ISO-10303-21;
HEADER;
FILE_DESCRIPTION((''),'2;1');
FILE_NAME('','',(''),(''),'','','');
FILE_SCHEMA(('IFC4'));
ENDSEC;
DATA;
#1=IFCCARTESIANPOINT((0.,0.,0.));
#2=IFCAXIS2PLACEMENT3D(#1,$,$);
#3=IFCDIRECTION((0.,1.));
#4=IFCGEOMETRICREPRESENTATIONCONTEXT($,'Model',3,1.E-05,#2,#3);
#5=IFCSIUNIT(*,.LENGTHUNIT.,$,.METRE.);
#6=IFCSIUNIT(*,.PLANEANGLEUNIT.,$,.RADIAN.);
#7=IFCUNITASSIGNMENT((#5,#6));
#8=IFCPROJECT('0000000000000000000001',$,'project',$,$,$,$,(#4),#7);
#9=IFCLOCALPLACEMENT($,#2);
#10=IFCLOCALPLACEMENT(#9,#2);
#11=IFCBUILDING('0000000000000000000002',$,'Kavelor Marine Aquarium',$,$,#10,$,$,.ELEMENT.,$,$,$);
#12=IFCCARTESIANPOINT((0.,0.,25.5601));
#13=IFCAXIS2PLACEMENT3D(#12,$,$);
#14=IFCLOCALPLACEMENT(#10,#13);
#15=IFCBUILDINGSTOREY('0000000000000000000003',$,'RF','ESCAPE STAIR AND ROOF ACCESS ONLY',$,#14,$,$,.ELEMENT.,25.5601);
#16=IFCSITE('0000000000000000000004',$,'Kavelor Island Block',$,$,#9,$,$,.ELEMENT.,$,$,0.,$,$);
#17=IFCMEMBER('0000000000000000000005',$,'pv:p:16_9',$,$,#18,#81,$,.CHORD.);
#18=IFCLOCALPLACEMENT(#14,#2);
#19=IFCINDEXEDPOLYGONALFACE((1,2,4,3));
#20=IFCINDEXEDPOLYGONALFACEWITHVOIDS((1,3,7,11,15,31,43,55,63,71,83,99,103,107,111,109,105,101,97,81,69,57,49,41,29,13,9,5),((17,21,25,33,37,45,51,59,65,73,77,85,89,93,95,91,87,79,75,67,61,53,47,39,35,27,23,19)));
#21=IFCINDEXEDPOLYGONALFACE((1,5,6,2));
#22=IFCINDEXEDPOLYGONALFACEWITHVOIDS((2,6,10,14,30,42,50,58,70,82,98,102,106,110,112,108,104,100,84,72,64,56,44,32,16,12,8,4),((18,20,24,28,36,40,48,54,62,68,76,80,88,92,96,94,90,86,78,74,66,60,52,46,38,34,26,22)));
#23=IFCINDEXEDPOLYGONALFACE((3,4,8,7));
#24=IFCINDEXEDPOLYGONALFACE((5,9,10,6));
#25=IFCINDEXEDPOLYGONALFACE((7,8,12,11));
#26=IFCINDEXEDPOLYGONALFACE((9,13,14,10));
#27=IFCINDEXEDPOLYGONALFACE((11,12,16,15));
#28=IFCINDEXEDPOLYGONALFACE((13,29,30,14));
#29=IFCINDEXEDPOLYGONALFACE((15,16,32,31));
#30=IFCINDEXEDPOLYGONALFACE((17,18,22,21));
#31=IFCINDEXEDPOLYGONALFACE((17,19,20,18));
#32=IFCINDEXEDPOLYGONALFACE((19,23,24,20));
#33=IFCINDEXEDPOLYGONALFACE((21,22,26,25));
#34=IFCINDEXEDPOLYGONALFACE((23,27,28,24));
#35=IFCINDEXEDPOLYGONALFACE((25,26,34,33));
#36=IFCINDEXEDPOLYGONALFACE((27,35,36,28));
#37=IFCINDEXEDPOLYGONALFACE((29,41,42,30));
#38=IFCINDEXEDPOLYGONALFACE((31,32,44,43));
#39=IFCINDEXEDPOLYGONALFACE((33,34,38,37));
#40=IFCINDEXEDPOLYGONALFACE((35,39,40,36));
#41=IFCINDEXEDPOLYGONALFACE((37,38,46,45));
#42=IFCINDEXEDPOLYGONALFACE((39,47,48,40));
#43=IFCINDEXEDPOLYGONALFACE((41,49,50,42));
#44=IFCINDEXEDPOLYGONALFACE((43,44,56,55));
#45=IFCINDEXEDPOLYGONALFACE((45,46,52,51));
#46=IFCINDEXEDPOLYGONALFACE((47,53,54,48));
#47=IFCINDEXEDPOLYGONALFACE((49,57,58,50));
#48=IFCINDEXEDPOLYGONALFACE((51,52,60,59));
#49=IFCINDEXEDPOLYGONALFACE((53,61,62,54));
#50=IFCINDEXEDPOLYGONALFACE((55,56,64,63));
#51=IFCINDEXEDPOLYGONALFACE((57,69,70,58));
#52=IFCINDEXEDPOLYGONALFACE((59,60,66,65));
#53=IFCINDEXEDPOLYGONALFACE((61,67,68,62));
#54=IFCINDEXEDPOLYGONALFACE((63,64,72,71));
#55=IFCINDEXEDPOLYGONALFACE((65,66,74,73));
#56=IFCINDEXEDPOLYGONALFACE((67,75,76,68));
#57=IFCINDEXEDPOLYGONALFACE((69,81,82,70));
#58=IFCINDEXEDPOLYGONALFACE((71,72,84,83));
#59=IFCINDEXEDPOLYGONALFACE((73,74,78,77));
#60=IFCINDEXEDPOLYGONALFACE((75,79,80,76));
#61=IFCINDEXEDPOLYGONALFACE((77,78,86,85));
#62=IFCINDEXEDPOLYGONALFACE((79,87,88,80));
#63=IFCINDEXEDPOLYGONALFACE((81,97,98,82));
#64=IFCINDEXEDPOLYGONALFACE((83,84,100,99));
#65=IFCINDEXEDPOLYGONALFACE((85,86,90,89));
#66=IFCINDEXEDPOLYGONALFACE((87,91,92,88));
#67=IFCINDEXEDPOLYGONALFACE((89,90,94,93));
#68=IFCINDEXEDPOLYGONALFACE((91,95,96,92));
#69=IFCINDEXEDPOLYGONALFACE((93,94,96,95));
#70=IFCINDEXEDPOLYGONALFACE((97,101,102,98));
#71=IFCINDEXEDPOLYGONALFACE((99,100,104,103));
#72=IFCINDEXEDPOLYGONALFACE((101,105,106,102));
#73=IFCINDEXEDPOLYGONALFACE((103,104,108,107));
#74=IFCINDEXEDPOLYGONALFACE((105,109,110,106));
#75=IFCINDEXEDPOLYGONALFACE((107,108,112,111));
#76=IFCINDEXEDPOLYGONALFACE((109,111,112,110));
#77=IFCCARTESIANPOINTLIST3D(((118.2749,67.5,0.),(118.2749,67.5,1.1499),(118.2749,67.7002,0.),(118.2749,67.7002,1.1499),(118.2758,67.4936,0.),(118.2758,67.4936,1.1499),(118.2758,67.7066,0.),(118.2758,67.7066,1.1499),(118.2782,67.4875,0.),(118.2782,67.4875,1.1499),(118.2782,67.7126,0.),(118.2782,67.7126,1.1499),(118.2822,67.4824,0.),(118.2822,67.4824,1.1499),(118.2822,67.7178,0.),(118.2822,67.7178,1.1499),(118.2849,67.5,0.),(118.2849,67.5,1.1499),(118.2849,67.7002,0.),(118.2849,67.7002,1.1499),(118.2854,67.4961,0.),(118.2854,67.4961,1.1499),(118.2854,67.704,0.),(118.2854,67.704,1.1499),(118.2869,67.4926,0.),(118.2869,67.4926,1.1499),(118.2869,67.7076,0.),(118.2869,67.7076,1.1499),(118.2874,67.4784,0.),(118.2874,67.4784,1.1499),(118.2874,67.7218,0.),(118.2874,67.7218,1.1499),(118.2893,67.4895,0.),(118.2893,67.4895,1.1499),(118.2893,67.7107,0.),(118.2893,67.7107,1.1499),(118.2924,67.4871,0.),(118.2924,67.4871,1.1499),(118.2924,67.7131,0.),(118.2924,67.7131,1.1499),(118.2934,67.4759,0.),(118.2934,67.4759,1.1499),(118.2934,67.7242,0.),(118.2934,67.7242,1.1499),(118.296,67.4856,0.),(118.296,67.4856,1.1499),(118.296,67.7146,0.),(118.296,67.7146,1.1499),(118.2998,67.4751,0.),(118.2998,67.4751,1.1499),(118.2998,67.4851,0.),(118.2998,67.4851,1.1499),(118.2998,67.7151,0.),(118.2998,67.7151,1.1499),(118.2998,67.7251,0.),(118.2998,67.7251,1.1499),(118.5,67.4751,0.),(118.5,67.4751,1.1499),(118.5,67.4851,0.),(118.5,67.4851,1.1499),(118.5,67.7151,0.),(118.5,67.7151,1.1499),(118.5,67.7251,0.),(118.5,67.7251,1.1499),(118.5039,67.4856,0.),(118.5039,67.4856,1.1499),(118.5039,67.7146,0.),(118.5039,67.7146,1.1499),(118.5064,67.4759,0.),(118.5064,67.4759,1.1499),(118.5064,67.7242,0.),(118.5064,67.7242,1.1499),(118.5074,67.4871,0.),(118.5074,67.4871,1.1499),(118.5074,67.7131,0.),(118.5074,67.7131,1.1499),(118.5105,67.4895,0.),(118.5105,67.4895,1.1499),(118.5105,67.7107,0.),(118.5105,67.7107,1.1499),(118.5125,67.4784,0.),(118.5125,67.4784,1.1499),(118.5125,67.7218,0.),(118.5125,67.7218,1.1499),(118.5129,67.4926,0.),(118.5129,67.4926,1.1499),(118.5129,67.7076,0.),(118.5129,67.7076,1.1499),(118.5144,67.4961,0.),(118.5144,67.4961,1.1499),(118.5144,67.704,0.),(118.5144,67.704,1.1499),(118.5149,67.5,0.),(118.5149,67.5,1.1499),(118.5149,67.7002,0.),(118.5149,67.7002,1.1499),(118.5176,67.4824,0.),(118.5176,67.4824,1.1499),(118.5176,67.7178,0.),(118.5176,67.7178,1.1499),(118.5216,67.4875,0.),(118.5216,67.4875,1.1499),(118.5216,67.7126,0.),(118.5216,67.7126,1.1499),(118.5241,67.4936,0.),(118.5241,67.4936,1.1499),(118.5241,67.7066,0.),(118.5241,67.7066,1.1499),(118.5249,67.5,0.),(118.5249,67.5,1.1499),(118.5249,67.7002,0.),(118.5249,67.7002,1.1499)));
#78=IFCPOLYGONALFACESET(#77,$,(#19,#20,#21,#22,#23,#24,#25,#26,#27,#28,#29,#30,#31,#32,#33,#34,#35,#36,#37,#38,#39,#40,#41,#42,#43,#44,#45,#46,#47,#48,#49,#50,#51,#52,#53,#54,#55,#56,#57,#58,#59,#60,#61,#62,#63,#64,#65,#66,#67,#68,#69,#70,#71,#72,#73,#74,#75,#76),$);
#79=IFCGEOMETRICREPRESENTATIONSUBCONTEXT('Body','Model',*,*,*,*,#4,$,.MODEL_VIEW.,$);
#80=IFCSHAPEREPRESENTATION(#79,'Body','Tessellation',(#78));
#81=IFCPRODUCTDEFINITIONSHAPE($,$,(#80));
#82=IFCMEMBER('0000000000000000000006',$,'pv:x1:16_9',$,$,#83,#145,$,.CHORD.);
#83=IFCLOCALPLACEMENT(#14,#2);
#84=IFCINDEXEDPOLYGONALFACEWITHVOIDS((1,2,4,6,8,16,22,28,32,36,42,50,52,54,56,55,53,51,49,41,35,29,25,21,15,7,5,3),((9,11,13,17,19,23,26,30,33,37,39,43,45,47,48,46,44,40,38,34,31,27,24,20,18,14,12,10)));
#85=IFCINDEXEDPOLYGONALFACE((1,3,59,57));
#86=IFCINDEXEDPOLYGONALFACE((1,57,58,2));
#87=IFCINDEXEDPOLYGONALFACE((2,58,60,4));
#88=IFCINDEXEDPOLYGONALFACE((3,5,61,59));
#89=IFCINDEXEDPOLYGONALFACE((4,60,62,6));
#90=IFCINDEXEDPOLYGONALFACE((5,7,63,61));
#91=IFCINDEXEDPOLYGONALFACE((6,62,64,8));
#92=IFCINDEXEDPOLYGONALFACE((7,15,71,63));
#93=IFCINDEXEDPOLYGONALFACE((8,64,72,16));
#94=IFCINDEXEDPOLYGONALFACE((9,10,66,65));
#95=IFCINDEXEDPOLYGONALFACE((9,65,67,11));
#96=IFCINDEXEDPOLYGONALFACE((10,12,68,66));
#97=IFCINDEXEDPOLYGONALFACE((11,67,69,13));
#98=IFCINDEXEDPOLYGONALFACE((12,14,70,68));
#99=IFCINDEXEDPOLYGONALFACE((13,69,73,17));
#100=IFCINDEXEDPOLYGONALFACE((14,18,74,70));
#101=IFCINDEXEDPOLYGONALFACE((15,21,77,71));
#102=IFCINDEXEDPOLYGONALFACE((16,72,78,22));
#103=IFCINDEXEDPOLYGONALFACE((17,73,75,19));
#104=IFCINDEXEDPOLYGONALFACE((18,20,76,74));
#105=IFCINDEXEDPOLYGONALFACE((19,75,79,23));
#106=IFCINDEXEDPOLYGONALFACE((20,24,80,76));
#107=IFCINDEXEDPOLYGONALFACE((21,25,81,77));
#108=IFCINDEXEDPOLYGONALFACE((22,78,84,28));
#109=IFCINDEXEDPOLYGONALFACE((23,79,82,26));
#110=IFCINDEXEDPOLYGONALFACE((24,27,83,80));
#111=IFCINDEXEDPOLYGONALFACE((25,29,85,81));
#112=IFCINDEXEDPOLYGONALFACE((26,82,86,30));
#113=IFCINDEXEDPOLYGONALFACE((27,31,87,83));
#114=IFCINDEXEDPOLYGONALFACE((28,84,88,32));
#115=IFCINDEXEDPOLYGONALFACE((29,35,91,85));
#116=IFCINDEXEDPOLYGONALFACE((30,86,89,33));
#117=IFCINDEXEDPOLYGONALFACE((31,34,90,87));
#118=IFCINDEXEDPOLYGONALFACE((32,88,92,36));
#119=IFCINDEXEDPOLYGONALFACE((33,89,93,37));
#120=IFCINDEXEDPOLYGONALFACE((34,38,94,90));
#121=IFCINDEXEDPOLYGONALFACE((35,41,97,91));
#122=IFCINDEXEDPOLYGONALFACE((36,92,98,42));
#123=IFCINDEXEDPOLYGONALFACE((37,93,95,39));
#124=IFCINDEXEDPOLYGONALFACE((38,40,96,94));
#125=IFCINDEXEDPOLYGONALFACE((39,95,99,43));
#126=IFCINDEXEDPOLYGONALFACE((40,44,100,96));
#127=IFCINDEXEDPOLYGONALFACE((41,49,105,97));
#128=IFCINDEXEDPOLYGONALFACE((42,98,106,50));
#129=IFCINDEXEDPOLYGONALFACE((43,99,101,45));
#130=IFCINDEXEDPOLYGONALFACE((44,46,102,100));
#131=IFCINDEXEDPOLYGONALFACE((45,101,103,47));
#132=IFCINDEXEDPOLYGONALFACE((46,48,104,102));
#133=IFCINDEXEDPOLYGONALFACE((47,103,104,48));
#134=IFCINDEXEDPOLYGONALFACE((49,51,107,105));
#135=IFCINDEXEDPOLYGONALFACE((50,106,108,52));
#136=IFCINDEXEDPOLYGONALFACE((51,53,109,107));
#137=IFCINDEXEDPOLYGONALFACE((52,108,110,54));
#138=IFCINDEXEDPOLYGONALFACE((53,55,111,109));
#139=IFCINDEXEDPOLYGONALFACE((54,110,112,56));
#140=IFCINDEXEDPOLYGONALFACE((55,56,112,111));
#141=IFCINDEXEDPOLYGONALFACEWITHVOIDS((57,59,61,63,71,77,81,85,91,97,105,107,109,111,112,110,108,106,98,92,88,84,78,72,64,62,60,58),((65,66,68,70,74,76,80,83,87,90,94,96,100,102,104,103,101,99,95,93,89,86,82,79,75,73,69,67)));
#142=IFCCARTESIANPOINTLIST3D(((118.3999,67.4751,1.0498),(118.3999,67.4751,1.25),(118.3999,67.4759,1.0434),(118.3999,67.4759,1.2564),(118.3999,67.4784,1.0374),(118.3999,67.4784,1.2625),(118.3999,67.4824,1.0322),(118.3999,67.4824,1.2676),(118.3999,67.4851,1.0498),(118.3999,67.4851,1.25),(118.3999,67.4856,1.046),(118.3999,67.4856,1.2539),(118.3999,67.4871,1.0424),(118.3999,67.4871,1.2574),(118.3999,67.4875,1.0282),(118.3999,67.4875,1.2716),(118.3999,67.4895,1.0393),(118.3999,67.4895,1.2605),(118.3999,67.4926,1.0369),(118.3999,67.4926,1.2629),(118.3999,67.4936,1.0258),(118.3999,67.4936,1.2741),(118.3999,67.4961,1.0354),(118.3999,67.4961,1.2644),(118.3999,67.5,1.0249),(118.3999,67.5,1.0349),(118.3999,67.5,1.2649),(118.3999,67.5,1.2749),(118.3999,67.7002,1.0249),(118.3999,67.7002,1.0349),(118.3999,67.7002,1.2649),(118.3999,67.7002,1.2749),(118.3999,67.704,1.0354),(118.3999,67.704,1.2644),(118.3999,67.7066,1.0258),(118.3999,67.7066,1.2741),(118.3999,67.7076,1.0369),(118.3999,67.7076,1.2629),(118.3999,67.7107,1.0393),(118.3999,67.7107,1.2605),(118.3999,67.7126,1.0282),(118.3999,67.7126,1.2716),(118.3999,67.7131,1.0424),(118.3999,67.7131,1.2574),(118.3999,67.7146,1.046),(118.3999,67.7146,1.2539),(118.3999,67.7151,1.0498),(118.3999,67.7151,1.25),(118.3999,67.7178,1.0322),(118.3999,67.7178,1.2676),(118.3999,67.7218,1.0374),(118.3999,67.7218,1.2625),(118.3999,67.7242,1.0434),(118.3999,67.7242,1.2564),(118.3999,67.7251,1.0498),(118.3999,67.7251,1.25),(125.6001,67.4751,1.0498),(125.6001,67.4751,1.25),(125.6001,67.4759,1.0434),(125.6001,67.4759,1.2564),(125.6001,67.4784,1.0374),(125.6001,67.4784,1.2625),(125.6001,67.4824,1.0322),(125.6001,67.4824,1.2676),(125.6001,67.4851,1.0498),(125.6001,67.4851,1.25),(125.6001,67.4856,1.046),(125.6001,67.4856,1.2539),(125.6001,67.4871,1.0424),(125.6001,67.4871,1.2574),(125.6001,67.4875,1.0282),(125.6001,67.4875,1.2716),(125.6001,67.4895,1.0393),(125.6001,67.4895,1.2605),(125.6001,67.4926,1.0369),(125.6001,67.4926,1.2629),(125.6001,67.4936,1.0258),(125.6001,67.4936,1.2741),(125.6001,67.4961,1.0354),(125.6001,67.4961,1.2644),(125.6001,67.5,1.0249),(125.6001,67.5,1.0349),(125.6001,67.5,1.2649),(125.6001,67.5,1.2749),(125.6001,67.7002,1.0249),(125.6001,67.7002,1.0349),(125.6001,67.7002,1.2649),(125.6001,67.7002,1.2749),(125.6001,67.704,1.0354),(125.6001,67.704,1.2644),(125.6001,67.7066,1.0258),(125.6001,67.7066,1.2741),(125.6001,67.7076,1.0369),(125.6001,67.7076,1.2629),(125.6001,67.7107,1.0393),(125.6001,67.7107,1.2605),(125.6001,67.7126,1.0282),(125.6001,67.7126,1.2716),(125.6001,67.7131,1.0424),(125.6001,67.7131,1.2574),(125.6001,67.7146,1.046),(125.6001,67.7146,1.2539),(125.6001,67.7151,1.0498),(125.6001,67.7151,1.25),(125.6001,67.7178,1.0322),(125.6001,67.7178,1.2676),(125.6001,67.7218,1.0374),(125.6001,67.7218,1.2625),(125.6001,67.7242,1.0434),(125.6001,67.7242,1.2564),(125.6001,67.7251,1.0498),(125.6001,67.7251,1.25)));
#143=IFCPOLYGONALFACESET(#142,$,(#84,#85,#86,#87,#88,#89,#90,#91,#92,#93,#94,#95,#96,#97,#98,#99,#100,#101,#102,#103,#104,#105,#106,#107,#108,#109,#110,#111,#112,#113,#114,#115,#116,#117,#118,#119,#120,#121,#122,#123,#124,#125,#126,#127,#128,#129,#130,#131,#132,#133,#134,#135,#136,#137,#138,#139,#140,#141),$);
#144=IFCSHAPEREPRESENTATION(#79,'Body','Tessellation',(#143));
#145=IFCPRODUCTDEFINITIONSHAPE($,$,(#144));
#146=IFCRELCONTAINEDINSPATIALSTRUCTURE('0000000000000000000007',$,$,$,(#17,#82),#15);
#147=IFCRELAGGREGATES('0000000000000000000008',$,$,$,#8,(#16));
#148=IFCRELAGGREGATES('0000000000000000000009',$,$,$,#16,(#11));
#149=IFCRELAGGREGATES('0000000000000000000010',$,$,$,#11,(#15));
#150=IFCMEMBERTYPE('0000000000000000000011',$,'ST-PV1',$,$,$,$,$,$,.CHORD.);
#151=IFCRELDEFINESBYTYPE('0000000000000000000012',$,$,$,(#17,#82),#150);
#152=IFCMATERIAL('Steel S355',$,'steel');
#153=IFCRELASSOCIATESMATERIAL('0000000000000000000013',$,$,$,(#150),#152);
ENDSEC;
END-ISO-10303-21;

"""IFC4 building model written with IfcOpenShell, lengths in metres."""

from ifc_helpers import new_model, si_unit, direction, frame, origin, origin_2d, place, context, subcontext, project, spatial, hollow_rectangle, extrude, material, material_profile, profile_set, type_object, element, save


model = new_model("IFC4")

# Units and contexts
model_context = context("Model", 3, precision=1e-05, world=origin(), true_north=direction((0.0, 1.0)))
body_context = subcontext(model_context, "Body", "Model", "MODEL_VIEW")
ifc_project = project(units=[si_unit("LENGTHUNIT", "METRE"), si_unit("PLANEANGLEUNIT", "RADIAN")], contexts=[model_context])

# Site, building, storey
site_placement = place(None, origin())
site = spatial("IfcSite", under=ifc_project, at=site_placement, Name="Kavelor Island Block", CompositionType="ELEMENT", RefElevation=0.0)
building_placement = place(site_placement, origin())
building = spatial("IfcBuilding", under=site, at=building_placement, Name="Kavelor Marine Aquarium", CompositionType="ELEMENT")
storey_placement = place(building_placement, frame((0.0, 0.0, 25.5601)))
storey = spatial("IfcBuildingStorey", under=building, at=storey_placement, Name="RF", Description="ESCAPE STAIR AND ROOF ACCESS ONLY", CompositionType="ELEMENT", Elevation=25.5601)

# Members
ifc_material_1 = material(Name="Steel S355", Category="steel")
ifc_material_profile_1 = material_profile(ifc_material_1, hollow_rectangle(XDim=0.25, YDim=0.25, WallThickness=0.01, InnerFilletRadius=0.0149, OuterFilletRadius=0.0249, at=origin_2d()), Name="SHS 250x250x10.0")
ifc_profile_set_1 = profile_set([ifc_material_profile_1], Name="Steel S355")
member_type_1 = type_object("IfcMemberType", Name="ST-PV1", PredefinedType="CHORD", material=ifc_profile_set_1)
member_1_placement = place(storey_placement, frame((118.3999, 67.6001, 0.0), z_axis=(0.0, 0.0, 1.0), x_axis=(1.0, 0.0, 0.0)))
element("IfcMember", 1, at=member_1_placement, inside=storey, type_object=member_type_1, Name="pv:p:16_9", PredefinedType="CHORD", context=body_context, shape_type="SweptSolid", body=[
    extrude(hollow_rectangle(XDim=0.25, YDim=0.25, WallThickness=0.01, InnerFilletRadius=0.0149, OuterFilletRadius=0.0249, at=origin_2d()), origin(), (0.0, 0.0, 1.0), 1.1499),
])
for number, where, z_axis, x_axis, name in (
    (2, (118.3999, 67.6001, 1.1499), (1.0, 0.0, 0.0), (0.0, 1.0, 0.0), "pv:x1:16_9"),
):
    element("IfcMember", number, at=place(storey_placement, frame(where, z_axis=z_axis, x_axis=x_axis)), inside=storey, type_object=member_type_1, Name=name, PredefinedType="CHORD", context=body_context, shape_type="SweptSolid", body=[
        extrude(hollow_rectangle(XDim=0.25, YDim=0.25, WallThickness=0.01, InnerFilletRadius=0.0149, OuterFilletRadius=0.0249, at=origin_2d()), origin(), (0.0, 0.0, 1.0), 7.2002),
    ])

save(model, "model.ifc")
